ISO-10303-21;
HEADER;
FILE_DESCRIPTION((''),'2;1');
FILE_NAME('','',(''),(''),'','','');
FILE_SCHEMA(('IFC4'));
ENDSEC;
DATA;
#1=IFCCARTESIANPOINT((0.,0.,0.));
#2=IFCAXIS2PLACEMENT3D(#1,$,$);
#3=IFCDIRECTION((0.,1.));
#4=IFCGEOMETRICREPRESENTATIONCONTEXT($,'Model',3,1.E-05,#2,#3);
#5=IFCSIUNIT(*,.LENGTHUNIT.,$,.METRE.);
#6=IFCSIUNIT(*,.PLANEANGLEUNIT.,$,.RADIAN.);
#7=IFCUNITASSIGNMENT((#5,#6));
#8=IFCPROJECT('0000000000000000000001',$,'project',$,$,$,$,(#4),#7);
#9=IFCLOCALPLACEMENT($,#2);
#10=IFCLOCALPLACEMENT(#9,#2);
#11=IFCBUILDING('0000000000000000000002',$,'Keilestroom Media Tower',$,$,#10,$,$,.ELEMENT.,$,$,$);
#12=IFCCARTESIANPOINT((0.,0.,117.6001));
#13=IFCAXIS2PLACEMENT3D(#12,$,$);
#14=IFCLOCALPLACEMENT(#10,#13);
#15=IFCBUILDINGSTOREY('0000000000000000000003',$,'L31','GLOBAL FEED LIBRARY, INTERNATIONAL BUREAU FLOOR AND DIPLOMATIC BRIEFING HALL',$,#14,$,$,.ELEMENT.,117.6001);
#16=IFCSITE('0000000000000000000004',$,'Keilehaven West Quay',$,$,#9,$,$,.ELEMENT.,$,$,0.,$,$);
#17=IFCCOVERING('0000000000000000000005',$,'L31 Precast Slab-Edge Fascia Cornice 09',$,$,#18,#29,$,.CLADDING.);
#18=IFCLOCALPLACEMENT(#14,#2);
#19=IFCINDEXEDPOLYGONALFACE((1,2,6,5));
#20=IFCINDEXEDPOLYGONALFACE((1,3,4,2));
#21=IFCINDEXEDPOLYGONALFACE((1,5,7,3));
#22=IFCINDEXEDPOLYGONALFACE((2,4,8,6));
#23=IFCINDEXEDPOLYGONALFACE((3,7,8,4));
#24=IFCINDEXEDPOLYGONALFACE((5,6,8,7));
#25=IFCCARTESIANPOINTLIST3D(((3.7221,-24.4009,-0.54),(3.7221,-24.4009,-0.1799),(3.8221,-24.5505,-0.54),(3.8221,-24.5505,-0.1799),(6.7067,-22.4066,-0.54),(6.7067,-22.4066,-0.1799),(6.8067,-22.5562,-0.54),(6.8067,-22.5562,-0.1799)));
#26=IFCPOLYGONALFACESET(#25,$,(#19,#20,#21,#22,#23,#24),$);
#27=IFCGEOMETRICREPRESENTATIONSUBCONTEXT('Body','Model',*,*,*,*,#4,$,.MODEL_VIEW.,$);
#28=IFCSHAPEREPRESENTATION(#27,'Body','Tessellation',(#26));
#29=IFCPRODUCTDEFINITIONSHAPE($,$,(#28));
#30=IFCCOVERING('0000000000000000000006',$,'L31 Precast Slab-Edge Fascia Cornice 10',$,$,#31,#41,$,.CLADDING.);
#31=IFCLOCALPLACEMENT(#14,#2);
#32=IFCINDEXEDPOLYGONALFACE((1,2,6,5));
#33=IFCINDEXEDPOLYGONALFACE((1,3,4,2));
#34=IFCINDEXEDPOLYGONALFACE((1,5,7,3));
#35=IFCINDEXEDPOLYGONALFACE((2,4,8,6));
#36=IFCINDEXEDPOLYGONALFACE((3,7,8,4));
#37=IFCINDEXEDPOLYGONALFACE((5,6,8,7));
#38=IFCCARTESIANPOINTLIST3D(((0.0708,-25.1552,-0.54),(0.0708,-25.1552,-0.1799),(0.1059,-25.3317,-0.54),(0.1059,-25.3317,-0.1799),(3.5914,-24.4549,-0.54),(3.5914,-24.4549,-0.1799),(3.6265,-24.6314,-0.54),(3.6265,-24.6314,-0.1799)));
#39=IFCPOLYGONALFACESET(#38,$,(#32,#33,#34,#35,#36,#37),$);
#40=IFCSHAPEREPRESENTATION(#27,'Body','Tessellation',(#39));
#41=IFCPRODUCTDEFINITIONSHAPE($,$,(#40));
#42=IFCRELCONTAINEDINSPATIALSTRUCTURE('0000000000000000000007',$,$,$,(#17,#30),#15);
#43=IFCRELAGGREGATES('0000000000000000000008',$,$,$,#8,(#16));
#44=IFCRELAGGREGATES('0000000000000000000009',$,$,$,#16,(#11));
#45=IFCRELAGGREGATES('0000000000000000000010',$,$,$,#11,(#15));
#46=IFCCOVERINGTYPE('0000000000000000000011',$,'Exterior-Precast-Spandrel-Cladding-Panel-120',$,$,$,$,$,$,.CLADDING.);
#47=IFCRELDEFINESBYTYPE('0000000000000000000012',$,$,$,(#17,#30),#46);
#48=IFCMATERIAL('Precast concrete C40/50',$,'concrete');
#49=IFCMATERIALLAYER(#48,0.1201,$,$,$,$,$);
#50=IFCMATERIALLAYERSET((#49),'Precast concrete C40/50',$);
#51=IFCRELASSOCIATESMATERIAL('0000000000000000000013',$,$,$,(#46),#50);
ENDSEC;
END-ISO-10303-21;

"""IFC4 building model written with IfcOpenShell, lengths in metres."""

from ifc_helpers import new_model, si_unit, direction, frame, origin, origin_2d, place, context, subcontext, project, spatial, rectangle, extrude, source, transform, mapped, material, layer, layer_set, type_object, element, save


model = new_model("IFC4")

# Units and contexts
model_context = context("Model", 3, precision=1e-05, world=origin(), true_north=direction((0.0, 1.0)))
body_context = subcontext(model_context, "Body", "Model", "MODEL_VIEW")
ifc_project = project(units=[si_unit("LENGTHUNIT", "METRE"), si_unit("PLANEANGLEUNIT", "RADIAN")], contexts=[model_context])

# Site, building, storey
site_placement = place(None, origin())
site = spatial("IfcSite", under=ifc_project, at=site_placement, Name="Keilehaven West Quay", CompositionType="ELEMENT", RefElevation=0.0)
building_placement = place(site_placement, origin())
building = spatial("IfcBuilding", under=site, at=building_placement, Name="Keilestroom Media Tower", CompositionType="ELEMENT")
storey_placement = place(building_placement, frame((0.0, 0.0, 117.6001)))
storey = spatial("IfcBuildingStorey", under=building, at=storey_placement, Name="L31", Description="GLOBAL FEED LIBRARY, INTERNATIONAL BUREAU FLOOR AND DIPLOMATIC BRIEFING HALL", CompositionType="ELEMENT", Elevation=117.6001)

# Shared definitions
ifc_material_1 = material(Name="Precast concrete C40/50", Category="concrete")

# Coverings
ifc_layer_1 = layer(ifc_material_1, 0.1201)
ifc_layer_set_1 = layer_set([ifc_layer_1], Name="Precast concrete C40/50")
covering_type = type_object("IfcCoveringType", Name="Exterior-Precast-Spandrel-Cladding-Panel-120", PredefinedType="CLADDING", material=ifc_layer_set_1)
shared_shape_1 = source(origin(), body_context, "Body", "SweptSolid", [
    extrude(rectangle(XDim=3.5896, YDim=0.1799, at=origin_2d()), origin(), (0.0, 0.0, 1.0), 0.3601),
])
for number, where, z_axis, x_axis, name in (
    (1, (5.2644, -23.4785, -0.54), (0.0, 0.0, 1.0), (-0.831467, -0.555575, 0.0), "L31 Precast Slab-Edge Fascia Cornice 09"),
    (2, (1.8486, -24.8933, -0.54), (0.0, 0.0, 1.0), (-0.980784, -0.195099, 0.0), "L31 Precast Slab-Edge Fascia Cornice 10"),
):
    element("IfcCovering", number, at=place(storey_placement, frame(where, z_axis=z_axis, x_axis=x_axis)), inside=storey, type_object=covering_type, Name=name, PredefinedType="CLADDING", context=body_context, shape_type="MappedRepresentation", body=[
        mapped(shared_shape_1, transform((0.0, 0.0, 0.0), x_axis=(1.0, 0.0, 0.0), y_axis=(0.0, 1.0, 0.0), z_axis=(0.0, 0.0, 1.0), scale=1.0)),
    ])

save(model, "model.ifc")
